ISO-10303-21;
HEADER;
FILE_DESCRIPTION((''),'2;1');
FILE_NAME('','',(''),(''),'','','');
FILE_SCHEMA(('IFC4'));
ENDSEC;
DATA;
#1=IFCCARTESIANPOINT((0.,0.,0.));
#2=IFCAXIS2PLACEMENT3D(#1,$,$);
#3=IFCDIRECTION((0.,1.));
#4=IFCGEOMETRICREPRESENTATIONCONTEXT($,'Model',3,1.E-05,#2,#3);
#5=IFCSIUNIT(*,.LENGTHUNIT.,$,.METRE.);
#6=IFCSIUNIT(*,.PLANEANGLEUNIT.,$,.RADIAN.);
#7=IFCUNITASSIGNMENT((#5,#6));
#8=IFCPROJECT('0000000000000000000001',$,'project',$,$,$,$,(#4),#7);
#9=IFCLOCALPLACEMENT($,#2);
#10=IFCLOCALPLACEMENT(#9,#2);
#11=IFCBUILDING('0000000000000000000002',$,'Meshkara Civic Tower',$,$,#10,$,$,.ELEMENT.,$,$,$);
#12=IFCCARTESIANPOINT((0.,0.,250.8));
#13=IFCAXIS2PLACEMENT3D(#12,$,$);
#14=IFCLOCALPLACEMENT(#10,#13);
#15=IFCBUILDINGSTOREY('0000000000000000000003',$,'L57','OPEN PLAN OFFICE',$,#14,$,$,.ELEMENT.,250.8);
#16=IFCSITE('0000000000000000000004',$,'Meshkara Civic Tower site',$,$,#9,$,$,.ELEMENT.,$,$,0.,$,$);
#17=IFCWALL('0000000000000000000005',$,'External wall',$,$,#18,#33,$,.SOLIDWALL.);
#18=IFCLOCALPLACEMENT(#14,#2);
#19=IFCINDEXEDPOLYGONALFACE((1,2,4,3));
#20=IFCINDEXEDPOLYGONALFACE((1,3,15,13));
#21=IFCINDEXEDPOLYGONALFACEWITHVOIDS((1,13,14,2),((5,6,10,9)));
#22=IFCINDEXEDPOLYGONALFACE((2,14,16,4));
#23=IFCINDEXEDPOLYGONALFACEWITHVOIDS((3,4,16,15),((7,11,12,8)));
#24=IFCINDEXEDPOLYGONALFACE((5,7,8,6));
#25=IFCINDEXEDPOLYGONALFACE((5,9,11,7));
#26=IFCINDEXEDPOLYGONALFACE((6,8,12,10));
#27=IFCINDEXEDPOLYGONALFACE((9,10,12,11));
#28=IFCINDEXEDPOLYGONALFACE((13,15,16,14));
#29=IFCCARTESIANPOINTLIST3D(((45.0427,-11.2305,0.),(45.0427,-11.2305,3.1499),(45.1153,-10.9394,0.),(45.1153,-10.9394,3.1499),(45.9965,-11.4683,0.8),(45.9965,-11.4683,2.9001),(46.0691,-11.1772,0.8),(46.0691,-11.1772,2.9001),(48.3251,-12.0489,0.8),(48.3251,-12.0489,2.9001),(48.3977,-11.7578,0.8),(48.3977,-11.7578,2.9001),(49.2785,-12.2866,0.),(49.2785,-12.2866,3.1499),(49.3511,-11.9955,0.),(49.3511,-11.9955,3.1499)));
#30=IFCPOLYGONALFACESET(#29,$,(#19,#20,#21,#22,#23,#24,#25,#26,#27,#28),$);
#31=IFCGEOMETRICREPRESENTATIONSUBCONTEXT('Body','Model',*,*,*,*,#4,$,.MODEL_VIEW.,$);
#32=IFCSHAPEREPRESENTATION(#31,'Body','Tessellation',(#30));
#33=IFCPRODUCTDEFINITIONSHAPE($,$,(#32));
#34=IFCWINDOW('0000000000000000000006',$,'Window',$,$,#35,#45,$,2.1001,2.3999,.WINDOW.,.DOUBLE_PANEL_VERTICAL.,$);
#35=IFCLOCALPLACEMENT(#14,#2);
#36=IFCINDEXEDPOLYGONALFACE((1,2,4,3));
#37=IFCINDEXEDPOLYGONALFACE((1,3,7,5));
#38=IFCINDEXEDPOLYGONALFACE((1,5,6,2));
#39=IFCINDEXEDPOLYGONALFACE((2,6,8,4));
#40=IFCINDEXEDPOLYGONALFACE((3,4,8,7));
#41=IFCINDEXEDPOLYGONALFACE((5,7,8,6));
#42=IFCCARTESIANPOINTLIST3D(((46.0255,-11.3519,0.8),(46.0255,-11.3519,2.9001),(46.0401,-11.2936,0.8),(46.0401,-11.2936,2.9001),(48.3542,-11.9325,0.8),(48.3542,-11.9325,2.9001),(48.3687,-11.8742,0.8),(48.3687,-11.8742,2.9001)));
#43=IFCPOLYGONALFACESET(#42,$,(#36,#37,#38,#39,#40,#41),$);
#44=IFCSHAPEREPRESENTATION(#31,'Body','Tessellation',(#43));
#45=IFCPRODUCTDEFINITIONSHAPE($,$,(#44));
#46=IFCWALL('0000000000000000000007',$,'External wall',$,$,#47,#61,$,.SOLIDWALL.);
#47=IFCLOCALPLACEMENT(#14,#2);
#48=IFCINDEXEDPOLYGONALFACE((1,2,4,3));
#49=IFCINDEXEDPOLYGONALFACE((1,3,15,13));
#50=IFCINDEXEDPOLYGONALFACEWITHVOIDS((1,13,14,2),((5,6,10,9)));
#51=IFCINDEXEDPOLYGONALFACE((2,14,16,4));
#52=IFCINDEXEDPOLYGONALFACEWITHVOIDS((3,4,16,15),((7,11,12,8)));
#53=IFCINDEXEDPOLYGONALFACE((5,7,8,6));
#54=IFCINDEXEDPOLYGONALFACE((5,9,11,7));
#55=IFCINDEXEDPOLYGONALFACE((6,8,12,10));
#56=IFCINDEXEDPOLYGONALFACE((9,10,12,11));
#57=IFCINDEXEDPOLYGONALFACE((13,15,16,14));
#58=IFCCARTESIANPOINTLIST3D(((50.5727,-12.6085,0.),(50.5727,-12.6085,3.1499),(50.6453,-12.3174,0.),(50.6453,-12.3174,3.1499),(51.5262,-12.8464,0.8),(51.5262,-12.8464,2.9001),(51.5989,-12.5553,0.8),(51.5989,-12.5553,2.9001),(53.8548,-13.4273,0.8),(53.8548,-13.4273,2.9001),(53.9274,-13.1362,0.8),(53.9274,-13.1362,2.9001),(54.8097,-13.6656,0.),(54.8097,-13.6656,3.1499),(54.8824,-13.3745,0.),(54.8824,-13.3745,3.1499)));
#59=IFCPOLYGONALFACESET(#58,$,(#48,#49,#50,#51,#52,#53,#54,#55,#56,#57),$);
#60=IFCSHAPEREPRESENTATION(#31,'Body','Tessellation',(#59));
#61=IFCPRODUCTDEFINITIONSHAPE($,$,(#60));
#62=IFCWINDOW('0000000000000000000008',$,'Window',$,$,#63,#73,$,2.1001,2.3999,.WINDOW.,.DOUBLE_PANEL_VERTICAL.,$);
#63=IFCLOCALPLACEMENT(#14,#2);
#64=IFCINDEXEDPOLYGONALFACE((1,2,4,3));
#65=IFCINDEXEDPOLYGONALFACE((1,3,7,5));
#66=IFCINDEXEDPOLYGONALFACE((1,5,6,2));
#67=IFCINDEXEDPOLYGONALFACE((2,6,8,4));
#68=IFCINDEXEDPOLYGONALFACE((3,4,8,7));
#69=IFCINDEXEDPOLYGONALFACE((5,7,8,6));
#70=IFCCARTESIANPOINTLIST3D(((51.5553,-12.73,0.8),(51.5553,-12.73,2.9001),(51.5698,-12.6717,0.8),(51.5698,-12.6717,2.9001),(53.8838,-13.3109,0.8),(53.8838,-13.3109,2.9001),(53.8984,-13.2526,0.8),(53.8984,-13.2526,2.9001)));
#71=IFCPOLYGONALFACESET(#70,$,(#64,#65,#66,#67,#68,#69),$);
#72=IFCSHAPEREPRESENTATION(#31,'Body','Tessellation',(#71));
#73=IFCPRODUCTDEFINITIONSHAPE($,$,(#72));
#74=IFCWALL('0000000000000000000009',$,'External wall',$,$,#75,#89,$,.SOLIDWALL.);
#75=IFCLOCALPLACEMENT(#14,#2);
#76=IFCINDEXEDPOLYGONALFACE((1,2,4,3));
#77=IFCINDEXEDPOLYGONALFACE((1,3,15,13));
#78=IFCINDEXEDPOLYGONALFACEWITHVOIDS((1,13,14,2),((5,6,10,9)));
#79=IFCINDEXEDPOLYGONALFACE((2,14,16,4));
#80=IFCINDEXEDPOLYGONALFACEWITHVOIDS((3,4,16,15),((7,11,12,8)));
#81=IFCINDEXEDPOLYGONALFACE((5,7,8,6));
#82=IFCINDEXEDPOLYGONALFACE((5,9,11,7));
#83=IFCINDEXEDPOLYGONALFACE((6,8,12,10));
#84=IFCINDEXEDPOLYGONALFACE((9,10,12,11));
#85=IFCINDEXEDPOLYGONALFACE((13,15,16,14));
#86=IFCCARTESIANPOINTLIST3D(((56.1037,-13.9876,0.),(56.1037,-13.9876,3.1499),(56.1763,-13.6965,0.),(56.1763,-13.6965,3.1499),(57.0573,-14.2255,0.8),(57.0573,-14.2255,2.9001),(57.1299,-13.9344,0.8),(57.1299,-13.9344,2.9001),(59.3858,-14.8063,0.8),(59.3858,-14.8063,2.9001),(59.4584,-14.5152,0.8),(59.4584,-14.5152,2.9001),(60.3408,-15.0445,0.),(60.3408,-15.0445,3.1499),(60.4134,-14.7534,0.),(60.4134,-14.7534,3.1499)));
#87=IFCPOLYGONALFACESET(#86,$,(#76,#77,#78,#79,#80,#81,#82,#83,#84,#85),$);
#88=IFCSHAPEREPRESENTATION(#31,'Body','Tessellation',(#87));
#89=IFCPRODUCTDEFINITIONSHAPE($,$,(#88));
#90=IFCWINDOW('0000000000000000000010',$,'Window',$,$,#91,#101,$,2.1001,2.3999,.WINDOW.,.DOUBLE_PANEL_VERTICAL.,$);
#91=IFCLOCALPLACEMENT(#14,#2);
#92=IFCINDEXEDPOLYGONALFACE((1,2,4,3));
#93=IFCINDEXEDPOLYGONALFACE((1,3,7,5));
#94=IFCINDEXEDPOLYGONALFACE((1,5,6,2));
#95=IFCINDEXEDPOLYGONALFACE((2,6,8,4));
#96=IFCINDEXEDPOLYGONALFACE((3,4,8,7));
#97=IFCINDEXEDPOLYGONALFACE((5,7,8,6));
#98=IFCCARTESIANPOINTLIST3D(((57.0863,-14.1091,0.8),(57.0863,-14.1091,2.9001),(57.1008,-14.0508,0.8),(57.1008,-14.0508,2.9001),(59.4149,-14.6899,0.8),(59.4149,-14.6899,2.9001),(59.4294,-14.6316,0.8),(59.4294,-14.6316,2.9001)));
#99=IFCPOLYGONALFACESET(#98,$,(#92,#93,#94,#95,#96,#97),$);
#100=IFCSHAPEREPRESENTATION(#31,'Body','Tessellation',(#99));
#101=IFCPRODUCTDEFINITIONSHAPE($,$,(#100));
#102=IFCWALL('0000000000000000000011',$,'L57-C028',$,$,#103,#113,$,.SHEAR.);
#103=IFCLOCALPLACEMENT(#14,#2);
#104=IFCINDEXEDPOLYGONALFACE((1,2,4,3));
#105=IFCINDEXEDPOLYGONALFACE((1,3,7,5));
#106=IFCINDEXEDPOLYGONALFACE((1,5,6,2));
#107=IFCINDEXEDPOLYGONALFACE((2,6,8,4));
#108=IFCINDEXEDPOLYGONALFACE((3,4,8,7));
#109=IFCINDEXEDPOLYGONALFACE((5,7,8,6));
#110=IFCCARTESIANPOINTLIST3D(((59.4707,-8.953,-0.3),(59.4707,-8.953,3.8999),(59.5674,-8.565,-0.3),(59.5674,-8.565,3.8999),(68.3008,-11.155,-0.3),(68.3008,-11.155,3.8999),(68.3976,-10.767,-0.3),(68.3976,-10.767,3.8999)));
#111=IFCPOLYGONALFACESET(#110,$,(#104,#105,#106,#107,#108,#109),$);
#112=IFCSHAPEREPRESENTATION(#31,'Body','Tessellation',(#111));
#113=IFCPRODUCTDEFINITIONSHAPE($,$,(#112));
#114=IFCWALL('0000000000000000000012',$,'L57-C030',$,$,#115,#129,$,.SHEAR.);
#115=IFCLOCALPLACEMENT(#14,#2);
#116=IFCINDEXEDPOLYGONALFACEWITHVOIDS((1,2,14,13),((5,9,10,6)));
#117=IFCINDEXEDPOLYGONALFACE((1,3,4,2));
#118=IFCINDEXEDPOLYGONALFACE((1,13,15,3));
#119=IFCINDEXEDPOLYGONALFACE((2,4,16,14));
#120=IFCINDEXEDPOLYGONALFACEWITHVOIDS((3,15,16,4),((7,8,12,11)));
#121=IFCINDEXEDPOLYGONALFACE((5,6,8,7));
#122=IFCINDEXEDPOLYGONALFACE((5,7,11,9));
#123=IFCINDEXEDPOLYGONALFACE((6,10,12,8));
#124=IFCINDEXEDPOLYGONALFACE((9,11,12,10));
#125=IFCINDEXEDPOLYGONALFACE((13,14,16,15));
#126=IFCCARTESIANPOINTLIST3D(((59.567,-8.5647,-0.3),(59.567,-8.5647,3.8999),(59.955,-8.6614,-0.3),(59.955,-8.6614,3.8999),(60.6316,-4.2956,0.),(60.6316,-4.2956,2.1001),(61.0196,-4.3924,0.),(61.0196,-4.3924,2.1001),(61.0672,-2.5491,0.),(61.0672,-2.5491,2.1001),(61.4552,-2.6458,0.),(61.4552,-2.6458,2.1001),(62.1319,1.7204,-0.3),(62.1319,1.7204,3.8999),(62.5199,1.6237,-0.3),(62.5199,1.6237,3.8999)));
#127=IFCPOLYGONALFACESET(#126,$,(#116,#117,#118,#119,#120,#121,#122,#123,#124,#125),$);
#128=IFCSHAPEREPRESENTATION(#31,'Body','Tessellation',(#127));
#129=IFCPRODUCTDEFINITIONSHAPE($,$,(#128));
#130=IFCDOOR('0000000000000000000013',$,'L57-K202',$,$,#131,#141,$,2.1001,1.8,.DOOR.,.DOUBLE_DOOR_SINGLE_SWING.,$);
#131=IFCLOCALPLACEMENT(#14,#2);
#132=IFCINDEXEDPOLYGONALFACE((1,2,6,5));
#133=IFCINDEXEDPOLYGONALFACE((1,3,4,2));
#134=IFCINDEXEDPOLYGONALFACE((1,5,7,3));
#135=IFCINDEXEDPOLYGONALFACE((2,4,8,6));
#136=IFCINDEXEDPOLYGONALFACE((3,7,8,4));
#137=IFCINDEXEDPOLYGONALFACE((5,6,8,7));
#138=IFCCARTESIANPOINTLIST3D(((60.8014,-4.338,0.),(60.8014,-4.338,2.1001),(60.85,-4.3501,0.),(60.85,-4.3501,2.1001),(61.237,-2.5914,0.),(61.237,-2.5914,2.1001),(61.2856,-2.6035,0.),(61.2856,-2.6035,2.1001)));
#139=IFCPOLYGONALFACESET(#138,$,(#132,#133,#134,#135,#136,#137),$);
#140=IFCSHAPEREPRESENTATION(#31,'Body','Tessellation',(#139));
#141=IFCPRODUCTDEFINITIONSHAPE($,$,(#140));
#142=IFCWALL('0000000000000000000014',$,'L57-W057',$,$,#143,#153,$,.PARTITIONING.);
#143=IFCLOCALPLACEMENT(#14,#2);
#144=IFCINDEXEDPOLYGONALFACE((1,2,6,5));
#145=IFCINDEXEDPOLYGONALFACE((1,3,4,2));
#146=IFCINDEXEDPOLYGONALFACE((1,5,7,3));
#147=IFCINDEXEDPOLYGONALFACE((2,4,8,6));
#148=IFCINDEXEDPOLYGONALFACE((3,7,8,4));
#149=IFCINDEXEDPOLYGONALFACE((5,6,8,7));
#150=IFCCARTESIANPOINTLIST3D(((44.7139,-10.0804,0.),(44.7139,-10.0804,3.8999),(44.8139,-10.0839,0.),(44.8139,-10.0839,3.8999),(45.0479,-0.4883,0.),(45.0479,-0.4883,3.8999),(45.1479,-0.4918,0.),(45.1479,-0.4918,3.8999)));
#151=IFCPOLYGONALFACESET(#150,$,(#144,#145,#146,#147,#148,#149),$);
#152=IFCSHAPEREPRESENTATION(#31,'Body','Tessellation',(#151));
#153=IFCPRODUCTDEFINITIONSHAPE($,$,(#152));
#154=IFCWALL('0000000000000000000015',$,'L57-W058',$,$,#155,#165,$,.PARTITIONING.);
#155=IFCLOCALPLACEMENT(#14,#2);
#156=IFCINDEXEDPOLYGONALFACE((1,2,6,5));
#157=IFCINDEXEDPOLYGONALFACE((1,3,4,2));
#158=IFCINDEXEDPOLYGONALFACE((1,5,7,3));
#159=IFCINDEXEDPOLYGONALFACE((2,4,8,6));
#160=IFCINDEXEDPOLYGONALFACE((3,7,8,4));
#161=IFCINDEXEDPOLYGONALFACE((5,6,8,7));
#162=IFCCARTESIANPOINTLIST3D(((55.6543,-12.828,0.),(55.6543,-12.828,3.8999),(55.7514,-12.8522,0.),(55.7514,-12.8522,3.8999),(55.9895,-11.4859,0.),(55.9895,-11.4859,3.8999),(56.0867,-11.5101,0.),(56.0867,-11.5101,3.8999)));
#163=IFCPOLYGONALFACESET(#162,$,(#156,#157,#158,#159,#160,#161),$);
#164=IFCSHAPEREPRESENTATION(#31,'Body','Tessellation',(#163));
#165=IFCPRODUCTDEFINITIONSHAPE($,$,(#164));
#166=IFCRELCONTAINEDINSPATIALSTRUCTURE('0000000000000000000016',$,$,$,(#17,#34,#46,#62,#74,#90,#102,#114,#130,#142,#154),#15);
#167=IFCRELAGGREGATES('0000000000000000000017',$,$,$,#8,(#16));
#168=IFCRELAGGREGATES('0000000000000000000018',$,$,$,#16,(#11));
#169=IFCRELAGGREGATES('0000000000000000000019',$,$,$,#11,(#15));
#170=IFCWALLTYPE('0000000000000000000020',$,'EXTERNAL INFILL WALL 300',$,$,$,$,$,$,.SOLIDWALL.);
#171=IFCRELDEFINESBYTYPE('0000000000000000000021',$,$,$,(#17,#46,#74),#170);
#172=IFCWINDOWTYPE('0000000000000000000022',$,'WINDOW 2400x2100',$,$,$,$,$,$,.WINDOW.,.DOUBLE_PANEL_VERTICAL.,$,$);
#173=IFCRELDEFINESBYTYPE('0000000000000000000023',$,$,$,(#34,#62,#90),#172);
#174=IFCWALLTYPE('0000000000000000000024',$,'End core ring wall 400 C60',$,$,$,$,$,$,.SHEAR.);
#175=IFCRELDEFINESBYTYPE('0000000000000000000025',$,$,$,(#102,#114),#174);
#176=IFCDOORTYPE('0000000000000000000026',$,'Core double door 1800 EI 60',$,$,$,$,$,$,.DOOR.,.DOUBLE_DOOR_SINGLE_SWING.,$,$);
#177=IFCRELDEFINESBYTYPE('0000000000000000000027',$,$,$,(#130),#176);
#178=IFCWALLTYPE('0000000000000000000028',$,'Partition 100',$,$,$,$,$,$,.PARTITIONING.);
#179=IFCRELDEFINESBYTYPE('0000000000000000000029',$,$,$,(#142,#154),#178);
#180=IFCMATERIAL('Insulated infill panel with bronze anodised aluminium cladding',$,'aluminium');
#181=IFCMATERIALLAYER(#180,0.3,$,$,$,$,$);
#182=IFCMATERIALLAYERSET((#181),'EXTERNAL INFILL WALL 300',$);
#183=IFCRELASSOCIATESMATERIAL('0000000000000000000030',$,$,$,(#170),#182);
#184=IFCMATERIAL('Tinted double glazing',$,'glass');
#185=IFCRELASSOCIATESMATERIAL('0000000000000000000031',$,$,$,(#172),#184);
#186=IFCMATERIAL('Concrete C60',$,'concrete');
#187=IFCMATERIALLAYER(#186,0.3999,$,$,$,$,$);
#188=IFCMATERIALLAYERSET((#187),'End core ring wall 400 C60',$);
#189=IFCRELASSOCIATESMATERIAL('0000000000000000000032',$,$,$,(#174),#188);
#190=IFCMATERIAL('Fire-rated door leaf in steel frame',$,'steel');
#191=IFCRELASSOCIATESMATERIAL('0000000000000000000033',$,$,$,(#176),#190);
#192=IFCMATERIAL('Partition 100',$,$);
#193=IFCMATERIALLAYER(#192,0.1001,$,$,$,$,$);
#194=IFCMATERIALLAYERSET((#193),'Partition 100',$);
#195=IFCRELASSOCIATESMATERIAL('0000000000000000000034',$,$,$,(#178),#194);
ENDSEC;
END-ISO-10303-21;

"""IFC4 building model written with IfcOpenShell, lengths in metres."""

from ifc_helpers import new_model, si_unit, direction, frame, frame_2d, origin, place, context, subcontext, project, spatial, rectangle, extrude, material, layer, layer_set, type_object, element, fill, save


model = new_model("IFC4")

# Units and contexts
model_context = context("Model", 3, precision=1e-05, world=origin(), true_north=direction((0.0, 1.0)))
body_context = subcontext(model_context, "Body", "Model", "MODEL_VIEW")
ifc_project = project(units=[si_unit("LENGTHUNIT", "METRE"), si_unit("PLANEANGLEUNIT", "RADIAN")], contexts=[model_context])

# Site, building, storey
site_placement = place(None, origin())
site = spatial("IfcSite", under=ifc_project, at=site_placement, Name="Meshkara Civic Tower site", CompositionType="ELEMENT", RefElevation=0.0)
building_placement = place(site_placement, origin())
building = spatial("IfcBuilding", under=site, at=building_placement, Name="Meshkara Civic Tower", CompositionType="ELEMENT")
storey_placement = place(building_placement, frame((0.0, 0.0, 250.8)))
storey = spatial("IfcBuildingStorey", under=building, at=storey_placement, Name="L57", Description="OPEN PLAN OFFICE", CompositionType="ELEMENT", Elevation=250.8)

# Walls, openings, windows
ifc_material_1 = material(Name="Insulated infill panel with bronze anodised aluminium cladding", Category="aluminium")
ifc_layer_1 = layer(ifc_material_1, 0.3)
ifc_layer_set_1 = layer_set([ifc_layer_1], Name="EXTERNAL INFILL WALL 300")
wall_type_1 = type_object("IfcWallType", Name="EXTERNAL INFILL WALL 300", PredefinedType="SOLIDWALL", material=ifc_layer_set_1)
wall_1_placement = place(storey_placement, frame((45.0791, -11.085, 0.0), z_axis=(0.0, 0.0, 1.0), x_axis=(0.970294, -0.24193, 0.0)))
wall_1 = element("IfcWall", 1, at=wall_1_placement, inside=storey, type_object=wall_type_1, Name="External wall", PredefinedType="SOLIDWALL", context=body_context, shape_type="SweptSolid", body=[
    extrude(rectangle(XDim=4.3655, YDim=0.3, at=frame_2d((2.1826, 0.0))), origin(), (0.0, 0.0, 1.0), 3.1499),
])
opening_1_placement = place(wall_1_placement, frame((0.9829, 0.0, 0.8)))
opening_1 = element("IfcOpeningElement", 2, at=opening_1_placement, cuts=wall_1, PredefinedType="OPENING", context=body_context, shape_type="SweptSolid", body=[
    extrude(rectangle(XDim=2.3999, YDim=2.1001, at=frame_2d((1.2, 1.05))), frame((0.0, 0.1599, 0.0), z_axis=(0.0, -1.0, 0.0), x_axis=(1.0, 0.0, 0.0)), (0.0, 0.0, 1.0), 0.3201),
])
ifc_material_2 = material(Name="Tinted double glazing", Category="glass")
window_type = type_object("IfcWindowType", Name="WINDOW 2400x2100", PartitioningType="DOUBLE_PANEL_VERTICAL", PredefinedType="WINDOW", material=ifc_material_2)
window_1_placement = place(opening_1_placement, origin())
window_1 = element("IfcWindow", 3, at=window_1_placement, inside=storey, type_object=window_type, Name="Window", OverallHeight=2.1001, OverallWidth=2.3999, PartitioningType="DOUBLE_PANEL_VERTICAL", PredefinedType="WINDOW", context=body_context, shape_type="SweptSolid", body=[
    extrude(rectangle(XDim=2.3999, YDim=2.1001, at=frame_2d((1.2, 1.05))), frame((0.0, 0.03, 0.0), z_axis=(0.0, -1.0, 0.0), x_axis=(1.0, 0.0, 0.0)), (0.0, 0.0, 1.0), 0.0601),
])
fill(opening_1, window_1)
wall_2_placement = place(storey_placement, frame((50.6089, -12.4629, 0.0), z_axis=(0.0, 0.0, 1.0), x_axis=(0.970257, -0.242075, 0.0)))
wall_2 = element("IfcWall", 4, at=wall_2_placement, inside=storey, type_object=wall_type_1, Name="External wall", PredefinedType="SOLIDWALL", context=body_context, shape_type="SweptSolid", body=[
    extrude(rectangle(XDim=4.3669, YDim=0.3, at=frame_2d((2.1836, 0.0))), origin(), (0.0, 0.0, 1.0), 3.1499),
])
opening_2_placement = place(wall_2_placement, frame((0.9829, 0.0, 0.8)))
opening_2 = element("IfcOpeningElement", 5, at=opening_2_placement, cuts=wall_2, PredefinedType="OPENING", context=body_context, shape_type="SweptSolid", body=[
    extrude(rectangle(XDim=2.3999, YDim=2.1001, at=frame_2d((1.2, 1.05))), frame((0.0, 0.1599, 0.0), z_axis=(0.0, -1.0, 0.0), x_axis=(1.0, 0.0, 0.0)), (0.0, 0.0, 1.0), 0.3201),
])
window_2_placement = place(opening_2_placement, origin())
window_2 = element("IfcWindow", 6, at=window_2_placement, inside=storey, type_object=window_type, Name="Window", OverallHeight=2.1001, OverallWidth=2.3999, PartitioningType="DOUBLE_PANEL_VERTICAL", PredefinedType="WINDOW", context=body_context, shape_type="SweptSolid", body=[
    extrude(rectangle(XDim=2.3999, YDim=2.1001, at=frame_2d((1.2, 1.05))), frame((0.0, 0.03, 0.0), z_axis=(0.0, -1.0, 0.0), x_axis=(1.0, 0.0, 0.0)), (0.0, 0.0, 1.0), 0.0601),
])
fill(opening_2, window_2)
wall_3_placement = place(storey_placement, frame((56.1399, -13.842, 0.0), z_axis=(0.0, 0.0, 1.0), x_axis=(0.970271, -0.242023, 0.0)))
wall_3 = element("IfcWall", 7, at=wall_3_placement, inside=storey, type_object=wall_type_1, Name="External wall", PredefinedType="SOLIDWALL", context=body_context, shape_type="SweptSolid", body=[
    extrude(rectangle(XDim=4.3669, YDim=0.3, at=frame_2d((2.1836, 0.0))), origin(), (0.0, 0.0, 1.0), 3.1499),
])
opening_3_placement = place(wall_3_placement, frame((0.9829, 0.0, 0.8)))
opening_3 = element("IfcOpeningElement", 8, at=opening_3_placement, cuts=wall_3, PredefinedType="OPENING", context=body_context, shape_type="SweptSolid", body=[
    extrude(rectangle(XDim=2.3999, YDim=2.1001, at=frame_2d((1.2, 1.05))), frame((0.0, 0.1599, 0.0), z_axis=(0.0, -1.0, 0.0), x_axis=(1.0, 0.0, 0.0)), (0.0, 0.0, 1.0), 0.3201),
])
window_3_placement = place(opening_3_placement, origin())
window_3 = element("IfcWindow", 9, at=window_3_placement, inside=storey, type_object=window_type, Name="Window", OverallHeight=2.1001, OverallWidth=2.3999, PartitioningType="DOUBLE_PANEL_VERTICAL", PredefinedType="WINDOW", context=body_context, shape_type="SweptSolid", body=[
    extrude(rectangle(XDim=2.3999, YDim=2.1001, at=frame_2d((1.2, 1.05))), frame((0.0, 0.03, 0.0), z_axis=(0.0, -1.0, 0.0), x_axis=(1.0, 0.0, 0.0)), (0.0, 0.0, 1.0), 0.0601),
])
fill(opening_3, window_3)

# Wall
ifc_material_3 = material(Name="Concrete C60", Category="concrete")
ifc_layer_2 = layer(ifc_material_3, 0.3999)
ifc_layer_set_2 = layer_set([ifc_layer_2], Name="End core ring wall 400 C60")
wall_type_2 = type_object("IfcWallType", Name="End core ring wall 400 C60", PredefinedType="SHEAR", material=ifc_layer_set_2)
wall_4_placement = place(storey_placement, frame((59.519, -8.759, -0.3), z_axis=(0.0, 0.0, 1.0), x_axis=(0.970288, -0.241955, 0.0)))
element("IfcWall", 10, at=wall_4_placement, inside=storey, type_object=wall_type_2, Name="L57-C028", PredefinedType="SHEAR", context=body_context, shape_type="SweptSolid", body=[
    extrude(rectangle(XDim=9.1006, YDim=0.3999, at=frame_2d((4.5503, 0.0))), origin(), (0.0, 0.0, 1.0), 4.2),
])

# Wall, opening, door
wall_5_placement = place(storey_placement, frame((59.761, -8.613, -0.3), z_axis=(0.0, 0.0, 1.0), x_axis=(0.241972, 0.970283, 0.0)))
wall_5 = element("IfcWall", 11, at=wall_5_placement, inside=storey, type_object=wall_type_2, Name="L57-C030", PredefinedType="SHEAR", context=body_context, shape_type="SweptSolid", body=[
    extrude(rectangle(XDim=10.6001, YDim=0.3999, at=frame_2d((5.3, 0.0))), origin(), (0.0, 0.0, 1.0), 4.2),
])
opening_4_placement = place(wall_5_placement, frame((4.3999, 0.0, 0.3)))
opening_4 = element("IfcOpeningElement", 12, at=opening_4_placement, cuts=wall_5, PredefinedType="OPENING", context=body_context, shape_type="SweptSolid", body=[
    extrude(rectangle(XDim=1.8, YDim=2.1001, at=frame_2d((0.8999, 1.05))), frame((0.0, 0.21, 0.0), z_axis=(0.0, -1.0, 0.0), x_axis=(1.0, 0.0, 0.0)), (0.0, 0.0, 1.0), 0.4199),
])
ifc_material_4 = material(Name="Fire-rated door leaf in steel frame", Category="steel")
door_type_1 = type_object("IfcDoorType", Name="Core double door 1800 EI 60", OperationType="DOUBLE_DOOR_SINGLE_SWING", PredefinedType="DOOR", material=ifc_material_4)
door_1_placement = place(opening_4_placement, origin())
door_1 = element("IfcDoor", 13, at=door_1_placement, inside=storey, type_object=door_type_1, Name="L57-K202", OperationType="DOUBLE_DOOR_SINGLE_SWING", OverallHeight=2.1001, OverallWidth=1.8, PredefinedType="DOOR", context=body_context, shape_type="SweptSolid", body=[
    extrude(rectangle(XDim=1.8, YDim=2.1001, at=frame_2d((0.8999, 1.05))), frame((0.0, 0.0249, 0.0), z_axis=(0.0, -1.0, 0.0), x_axis=(1.0, 0.0, 0.0)), (0.0, 0.0, 1.0), 0.05),
])
fill(opening_4, door_1)

# Walls
ifc_material_5 = material(Name="Partition 100")
ifc_layer_3 = layer(ifc_material_5, 0.1001)
ifc_layer_set_3 = layer_set([ifc_layer_3], Name="Partition 100")
wall_type_3 = type_object("IfcWallType", Name="Partition 100", PredefinedType="PARTITIONING", material=ifc_layer_set_3)
wall_6_placement = place(storey_placement, frame((44.7639, -10.082, 0.0), z_axis=(0.0, 0.0, 1.0), x_axis=(0.034798, 0.999394, 0.0)))
element("IfcWall", 14, at=wall_6_placement, inside=storey, type_object=wall_type_3, Name="L57-W057", PredefinedType="PARTITIONING", context=body_context, shape_type="SweptSolid", body=[
    extrude(rectangle(XDim=9.5979, YDim=0.1001, at=frame_2d((4.7988, 0.0))), origin(), (0.0, 0.0, 1.0), 3.8999),
])
wall_7_placement = place(storey_placement, frame((55.7029, -12.8401, 0.0), z_axis=(0.0, 0.0, 1.0), x_axis=(0.242328, 0.970194, 0.0)))
element("IfcWall", 15, at=wall_7_placement, inside=storey, type_object=wall_type_3, Name="L57-W058", PredefinedType="PARTITIONING", context=body_context, shape_type="SweptSolid", body=[
    extrude(rectangle(XDim=1.3833, YDim=0.1001, at=frame_2d((0.6917, 0.0))), origin(), (0.0, 0.0, 1.0), 3.8999),
])

save(model, "model.ifc")
